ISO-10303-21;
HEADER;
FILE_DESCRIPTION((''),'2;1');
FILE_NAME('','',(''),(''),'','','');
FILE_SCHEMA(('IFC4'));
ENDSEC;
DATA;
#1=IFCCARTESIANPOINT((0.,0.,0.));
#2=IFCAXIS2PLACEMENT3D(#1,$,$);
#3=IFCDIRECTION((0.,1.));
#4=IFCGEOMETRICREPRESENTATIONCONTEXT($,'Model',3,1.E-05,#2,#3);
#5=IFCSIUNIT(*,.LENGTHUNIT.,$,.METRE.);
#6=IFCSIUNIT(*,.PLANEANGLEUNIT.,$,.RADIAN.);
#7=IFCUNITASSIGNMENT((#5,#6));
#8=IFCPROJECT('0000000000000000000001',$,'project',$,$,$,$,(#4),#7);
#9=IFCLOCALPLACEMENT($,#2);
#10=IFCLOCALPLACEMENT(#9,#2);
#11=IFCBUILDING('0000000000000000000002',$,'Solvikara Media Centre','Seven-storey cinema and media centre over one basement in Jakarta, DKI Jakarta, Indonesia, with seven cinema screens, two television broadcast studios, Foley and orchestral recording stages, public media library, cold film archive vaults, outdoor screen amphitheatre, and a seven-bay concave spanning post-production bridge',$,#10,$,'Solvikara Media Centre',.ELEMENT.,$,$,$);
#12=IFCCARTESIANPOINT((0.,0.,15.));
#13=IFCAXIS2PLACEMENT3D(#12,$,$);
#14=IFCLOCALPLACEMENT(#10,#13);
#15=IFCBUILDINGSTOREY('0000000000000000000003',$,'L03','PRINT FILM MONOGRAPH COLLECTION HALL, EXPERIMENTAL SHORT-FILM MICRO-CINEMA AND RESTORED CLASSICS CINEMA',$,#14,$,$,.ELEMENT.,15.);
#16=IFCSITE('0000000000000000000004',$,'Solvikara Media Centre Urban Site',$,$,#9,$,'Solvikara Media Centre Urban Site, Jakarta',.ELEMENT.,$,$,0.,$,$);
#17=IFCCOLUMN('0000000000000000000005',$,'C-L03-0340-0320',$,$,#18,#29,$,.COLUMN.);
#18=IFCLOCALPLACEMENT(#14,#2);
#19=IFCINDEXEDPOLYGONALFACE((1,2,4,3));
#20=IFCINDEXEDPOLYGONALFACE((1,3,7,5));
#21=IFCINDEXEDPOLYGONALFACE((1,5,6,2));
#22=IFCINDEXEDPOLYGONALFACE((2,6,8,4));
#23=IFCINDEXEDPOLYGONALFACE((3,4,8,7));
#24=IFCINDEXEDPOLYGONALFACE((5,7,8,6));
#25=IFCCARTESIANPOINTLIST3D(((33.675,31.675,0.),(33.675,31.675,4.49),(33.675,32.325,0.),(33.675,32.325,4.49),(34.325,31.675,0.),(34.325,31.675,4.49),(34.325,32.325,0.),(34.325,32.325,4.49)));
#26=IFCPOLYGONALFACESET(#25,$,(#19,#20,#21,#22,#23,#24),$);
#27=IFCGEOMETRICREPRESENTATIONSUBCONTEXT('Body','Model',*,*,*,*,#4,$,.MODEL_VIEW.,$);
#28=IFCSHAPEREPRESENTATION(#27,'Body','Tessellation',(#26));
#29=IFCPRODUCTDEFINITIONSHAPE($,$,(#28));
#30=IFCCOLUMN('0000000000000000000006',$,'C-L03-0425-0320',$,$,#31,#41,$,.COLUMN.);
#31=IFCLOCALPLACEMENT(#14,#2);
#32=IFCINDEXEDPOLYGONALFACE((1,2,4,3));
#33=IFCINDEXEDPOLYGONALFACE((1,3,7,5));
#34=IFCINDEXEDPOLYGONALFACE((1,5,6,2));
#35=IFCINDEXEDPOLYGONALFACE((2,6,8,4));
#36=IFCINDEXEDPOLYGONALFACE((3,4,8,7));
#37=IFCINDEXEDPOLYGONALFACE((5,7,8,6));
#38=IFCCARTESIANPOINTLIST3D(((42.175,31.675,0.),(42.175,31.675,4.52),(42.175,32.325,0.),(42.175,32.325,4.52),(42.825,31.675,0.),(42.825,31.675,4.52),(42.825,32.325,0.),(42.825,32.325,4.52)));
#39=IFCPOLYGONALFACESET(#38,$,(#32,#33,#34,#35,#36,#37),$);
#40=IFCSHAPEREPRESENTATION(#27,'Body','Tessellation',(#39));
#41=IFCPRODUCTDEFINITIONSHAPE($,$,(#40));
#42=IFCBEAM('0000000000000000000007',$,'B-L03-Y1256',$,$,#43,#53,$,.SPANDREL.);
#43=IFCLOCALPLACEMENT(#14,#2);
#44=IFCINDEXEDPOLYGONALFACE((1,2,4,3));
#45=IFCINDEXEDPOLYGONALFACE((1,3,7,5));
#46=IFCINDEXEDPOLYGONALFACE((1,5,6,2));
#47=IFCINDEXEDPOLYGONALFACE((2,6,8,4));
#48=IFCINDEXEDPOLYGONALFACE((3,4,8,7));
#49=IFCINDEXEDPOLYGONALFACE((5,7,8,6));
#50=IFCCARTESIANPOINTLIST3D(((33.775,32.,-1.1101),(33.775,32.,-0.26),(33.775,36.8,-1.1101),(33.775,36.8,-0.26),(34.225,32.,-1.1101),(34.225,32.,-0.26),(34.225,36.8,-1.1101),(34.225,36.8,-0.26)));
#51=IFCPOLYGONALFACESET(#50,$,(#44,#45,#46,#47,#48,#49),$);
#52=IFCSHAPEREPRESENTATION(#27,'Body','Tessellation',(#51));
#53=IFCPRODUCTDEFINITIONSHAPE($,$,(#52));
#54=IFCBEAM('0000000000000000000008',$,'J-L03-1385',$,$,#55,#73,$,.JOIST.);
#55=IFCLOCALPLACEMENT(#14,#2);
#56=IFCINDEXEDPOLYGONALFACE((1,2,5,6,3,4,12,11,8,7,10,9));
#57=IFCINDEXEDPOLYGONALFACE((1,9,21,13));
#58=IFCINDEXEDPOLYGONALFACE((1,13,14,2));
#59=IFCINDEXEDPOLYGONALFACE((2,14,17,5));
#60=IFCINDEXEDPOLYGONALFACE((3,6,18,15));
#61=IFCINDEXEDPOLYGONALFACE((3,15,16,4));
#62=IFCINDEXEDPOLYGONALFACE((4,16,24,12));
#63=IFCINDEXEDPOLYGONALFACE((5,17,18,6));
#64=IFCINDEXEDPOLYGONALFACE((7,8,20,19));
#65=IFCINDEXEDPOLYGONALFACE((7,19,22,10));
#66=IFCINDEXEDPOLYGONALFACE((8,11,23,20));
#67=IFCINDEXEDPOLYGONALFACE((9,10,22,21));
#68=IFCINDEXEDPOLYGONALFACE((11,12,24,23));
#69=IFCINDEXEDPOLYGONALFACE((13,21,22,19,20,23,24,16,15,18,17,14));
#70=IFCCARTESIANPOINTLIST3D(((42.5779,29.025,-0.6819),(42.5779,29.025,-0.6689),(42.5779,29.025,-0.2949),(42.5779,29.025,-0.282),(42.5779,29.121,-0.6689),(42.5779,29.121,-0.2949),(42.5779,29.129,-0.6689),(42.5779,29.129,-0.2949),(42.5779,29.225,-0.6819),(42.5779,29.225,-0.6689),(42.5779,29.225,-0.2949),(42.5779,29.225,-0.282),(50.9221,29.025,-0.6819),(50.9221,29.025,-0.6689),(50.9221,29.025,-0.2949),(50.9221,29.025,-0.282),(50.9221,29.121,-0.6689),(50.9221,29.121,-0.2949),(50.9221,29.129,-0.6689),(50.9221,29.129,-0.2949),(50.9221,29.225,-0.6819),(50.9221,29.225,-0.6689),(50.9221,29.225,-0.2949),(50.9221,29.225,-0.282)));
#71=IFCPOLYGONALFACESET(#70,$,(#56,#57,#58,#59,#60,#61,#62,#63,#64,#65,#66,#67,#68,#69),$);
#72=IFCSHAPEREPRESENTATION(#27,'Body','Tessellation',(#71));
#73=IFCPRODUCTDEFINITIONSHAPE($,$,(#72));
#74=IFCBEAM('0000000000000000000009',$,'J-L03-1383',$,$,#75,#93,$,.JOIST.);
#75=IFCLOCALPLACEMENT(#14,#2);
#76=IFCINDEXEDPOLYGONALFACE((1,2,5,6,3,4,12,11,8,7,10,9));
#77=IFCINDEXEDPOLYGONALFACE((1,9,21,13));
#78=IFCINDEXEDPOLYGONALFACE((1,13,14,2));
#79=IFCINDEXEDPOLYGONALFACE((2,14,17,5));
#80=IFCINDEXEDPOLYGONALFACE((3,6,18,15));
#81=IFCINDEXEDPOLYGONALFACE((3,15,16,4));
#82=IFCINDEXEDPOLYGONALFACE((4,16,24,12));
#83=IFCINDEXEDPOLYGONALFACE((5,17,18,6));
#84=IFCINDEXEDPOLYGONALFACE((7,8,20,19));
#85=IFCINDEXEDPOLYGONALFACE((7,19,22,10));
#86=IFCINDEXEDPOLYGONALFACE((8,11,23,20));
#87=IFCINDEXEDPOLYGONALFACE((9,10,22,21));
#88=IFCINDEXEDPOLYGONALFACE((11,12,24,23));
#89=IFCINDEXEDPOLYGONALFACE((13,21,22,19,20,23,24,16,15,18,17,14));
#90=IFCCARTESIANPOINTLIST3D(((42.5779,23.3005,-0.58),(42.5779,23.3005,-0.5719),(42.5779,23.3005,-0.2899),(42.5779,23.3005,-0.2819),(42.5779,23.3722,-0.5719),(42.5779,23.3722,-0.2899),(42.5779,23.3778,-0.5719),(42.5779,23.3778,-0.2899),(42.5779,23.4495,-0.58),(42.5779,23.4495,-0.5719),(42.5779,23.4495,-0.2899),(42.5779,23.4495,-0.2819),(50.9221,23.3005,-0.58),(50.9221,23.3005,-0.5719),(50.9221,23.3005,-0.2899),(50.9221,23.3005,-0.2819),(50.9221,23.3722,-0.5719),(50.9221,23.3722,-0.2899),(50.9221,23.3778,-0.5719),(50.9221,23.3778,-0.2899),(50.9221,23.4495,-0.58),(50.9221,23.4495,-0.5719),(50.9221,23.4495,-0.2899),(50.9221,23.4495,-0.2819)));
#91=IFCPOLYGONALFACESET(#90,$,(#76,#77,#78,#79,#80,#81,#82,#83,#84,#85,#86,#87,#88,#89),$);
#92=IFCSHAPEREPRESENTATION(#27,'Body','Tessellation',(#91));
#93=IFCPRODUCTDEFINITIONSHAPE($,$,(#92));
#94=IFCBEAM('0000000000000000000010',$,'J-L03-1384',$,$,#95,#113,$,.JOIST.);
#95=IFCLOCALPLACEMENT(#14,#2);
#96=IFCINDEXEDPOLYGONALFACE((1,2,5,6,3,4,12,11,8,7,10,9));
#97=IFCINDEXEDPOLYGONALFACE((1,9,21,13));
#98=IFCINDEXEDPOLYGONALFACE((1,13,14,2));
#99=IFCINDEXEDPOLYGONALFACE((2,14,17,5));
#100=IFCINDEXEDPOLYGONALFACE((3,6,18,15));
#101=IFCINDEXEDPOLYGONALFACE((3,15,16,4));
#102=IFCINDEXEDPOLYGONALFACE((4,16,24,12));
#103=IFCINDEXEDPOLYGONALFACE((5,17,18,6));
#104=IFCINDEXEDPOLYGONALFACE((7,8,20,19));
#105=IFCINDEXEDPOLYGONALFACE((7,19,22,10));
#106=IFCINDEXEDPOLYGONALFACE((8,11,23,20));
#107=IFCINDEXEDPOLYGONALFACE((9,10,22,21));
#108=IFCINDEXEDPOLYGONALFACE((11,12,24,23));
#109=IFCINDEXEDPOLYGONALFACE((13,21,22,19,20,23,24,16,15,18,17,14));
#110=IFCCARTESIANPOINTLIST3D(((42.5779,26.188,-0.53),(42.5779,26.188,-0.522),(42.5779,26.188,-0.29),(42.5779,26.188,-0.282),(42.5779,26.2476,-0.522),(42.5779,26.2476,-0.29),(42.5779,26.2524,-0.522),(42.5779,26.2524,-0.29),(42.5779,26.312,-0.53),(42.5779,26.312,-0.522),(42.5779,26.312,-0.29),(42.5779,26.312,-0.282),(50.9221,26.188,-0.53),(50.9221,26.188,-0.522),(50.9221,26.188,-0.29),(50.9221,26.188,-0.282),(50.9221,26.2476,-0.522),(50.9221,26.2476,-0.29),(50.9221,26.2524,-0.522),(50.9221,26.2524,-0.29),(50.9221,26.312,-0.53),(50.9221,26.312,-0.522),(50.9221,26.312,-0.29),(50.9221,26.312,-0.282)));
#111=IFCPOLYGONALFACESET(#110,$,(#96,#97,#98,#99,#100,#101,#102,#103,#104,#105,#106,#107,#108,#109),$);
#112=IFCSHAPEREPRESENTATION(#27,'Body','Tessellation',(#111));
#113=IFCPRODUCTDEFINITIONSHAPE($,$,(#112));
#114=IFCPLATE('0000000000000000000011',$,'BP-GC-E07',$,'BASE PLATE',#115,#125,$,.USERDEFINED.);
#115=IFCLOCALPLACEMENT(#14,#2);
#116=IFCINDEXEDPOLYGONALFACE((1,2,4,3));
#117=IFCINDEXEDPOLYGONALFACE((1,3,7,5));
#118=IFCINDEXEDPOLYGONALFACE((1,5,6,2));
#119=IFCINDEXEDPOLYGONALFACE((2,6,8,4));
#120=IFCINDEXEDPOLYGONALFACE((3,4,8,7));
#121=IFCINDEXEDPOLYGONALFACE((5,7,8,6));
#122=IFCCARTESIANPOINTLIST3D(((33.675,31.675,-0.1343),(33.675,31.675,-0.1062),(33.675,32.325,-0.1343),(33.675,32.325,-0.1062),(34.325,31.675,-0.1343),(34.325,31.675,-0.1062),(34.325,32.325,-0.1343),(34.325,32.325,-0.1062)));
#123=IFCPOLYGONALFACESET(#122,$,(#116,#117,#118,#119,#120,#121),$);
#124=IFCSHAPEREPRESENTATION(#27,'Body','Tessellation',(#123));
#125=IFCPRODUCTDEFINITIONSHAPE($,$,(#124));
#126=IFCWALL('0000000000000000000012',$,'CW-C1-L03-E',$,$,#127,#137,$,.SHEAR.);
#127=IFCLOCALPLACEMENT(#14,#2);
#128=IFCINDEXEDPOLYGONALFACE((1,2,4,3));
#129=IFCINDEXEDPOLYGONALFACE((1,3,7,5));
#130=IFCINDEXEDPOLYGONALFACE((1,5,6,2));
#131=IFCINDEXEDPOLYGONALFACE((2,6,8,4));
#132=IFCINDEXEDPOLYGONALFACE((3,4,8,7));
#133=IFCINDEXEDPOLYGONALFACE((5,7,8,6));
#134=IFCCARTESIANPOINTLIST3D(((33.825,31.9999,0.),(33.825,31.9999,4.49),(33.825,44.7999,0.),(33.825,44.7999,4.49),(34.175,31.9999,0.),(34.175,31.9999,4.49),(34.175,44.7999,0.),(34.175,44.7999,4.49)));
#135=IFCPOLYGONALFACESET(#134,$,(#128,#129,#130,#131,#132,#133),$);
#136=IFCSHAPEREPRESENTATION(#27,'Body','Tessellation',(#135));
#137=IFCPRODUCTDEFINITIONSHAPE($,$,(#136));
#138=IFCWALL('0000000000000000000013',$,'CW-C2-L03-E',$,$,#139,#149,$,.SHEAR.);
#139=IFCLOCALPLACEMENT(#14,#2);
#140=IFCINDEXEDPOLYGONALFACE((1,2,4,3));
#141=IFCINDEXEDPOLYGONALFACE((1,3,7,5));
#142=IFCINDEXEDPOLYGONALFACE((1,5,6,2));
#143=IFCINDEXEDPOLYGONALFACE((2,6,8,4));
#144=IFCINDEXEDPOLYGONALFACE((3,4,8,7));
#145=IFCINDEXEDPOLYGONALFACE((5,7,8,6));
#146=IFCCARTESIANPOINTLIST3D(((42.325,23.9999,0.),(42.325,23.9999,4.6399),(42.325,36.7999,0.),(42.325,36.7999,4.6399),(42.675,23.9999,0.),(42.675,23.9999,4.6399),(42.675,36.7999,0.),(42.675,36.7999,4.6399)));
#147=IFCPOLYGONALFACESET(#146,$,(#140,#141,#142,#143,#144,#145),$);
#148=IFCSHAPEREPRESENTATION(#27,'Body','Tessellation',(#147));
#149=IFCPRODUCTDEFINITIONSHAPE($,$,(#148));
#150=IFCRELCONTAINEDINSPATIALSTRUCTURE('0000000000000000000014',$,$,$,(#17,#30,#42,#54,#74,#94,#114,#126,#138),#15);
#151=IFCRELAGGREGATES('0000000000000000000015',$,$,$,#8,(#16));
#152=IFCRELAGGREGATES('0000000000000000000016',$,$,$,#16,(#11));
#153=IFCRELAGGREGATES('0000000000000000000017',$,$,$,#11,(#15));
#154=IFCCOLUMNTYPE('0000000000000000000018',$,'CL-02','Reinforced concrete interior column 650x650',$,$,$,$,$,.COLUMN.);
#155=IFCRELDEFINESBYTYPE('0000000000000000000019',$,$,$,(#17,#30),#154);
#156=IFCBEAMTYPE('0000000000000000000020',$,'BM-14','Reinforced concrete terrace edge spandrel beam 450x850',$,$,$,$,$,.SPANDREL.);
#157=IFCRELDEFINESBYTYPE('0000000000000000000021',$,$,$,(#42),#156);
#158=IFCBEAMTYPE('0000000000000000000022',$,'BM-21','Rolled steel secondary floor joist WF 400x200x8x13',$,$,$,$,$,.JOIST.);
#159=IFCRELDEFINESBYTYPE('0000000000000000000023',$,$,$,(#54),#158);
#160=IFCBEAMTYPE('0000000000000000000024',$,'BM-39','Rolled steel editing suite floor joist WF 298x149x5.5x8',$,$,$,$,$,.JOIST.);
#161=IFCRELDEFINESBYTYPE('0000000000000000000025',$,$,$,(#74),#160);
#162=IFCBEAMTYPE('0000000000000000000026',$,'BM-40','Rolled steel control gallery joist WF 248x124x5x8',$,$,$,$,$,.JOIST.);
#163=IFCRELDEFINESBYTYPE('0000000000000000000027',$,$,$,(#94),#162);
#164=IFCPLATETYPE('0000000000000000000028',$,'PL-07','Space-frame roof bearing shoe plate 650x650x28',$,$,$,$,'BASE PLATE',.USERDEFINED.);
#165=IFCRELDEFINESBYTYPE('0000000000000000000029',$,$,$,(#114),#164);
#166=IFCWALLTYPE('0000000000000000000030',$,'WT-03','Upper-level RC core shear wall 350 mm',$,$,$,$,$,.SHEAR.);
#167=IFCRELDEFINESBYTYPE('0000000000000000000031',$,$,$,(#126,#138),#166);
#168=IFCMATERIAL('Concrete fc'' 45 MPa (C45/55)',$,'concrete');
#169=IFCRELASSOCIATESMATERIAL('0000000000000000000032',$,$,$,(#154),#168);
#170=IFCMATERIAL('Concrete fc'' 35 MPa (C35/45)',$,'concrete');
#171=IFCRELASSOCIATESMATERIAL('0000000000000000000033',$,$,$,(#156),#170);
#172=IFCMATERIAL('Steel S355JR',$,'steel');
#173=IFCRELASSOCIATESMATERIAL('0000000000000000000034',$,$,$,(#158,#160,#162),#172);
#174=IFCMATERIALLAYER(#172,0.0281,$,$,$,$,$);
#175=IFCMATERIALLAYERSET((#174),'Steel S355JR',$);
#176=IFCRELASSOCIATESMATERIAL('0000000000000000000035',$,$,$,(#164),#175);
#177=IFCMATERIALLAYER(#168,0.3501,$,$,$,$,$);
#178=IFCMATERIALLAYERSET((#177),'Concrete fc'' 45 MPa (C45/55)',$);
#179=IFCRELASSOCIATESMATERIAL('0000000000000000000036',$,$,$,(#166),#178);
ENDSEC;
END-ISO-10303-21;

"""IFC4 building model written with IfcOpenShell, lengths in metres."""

from ifc_helpers import new_model, si_unit, direction, frame, frame_2d, origin, origin_2d, place, context, subcontext, project, spatial, rectangle, i_section, extrude, material, layer, layer_set, material_profile, profile_set, type_object, element, save


model = new_model("IFC4")

# Units and contexts
model_context = context("Model", 3, precision=1e-05, world=origin(), true_north=direction((0.0, 1.0)))
body_context = subcontext(model_context, "Body", "Model", "MODEL_VIEW")
ifc_project = project(units=[si_unit("LENGTHUNIT", "METRE"), si_unit("PLANEANGLEUNIT", "RADIAN")], contexts=[model_context])

# Site, building, storey
site_placement = place(None, origin())
site = spatial("IfcSite", under=ifc_project, at=site_placement, Name="Solvikara Media Centre Urban Site", LongName="Solvikara Media Centre Urban Site, Jakarta", CompositionType="ELEMENT", RefElevation=0.0)
building_placement = place(site_placement, origin())
building = spatial("IfcBuilding", under=site, at=building_placement, Name="Solvikara Media Centre", Description="Seven-storey cinema and media centre over one basement in Jakarta, DKI Jakarta, Indonesia, with seven cinema screens, two television broadcast studios, Foley and orchestral recording stages, public media library, cold film archive vaults, outdoor screen amphitheatre, and a seven-bay concave spanning post-production bridge", LongName="Solvikara Media Centre", CompositionType="ELEMENT")
storey_placement = place(building_placement, frame((0.0, 0.0, 15.0)))
storey = spatial("IfcBuildingStorey", under=building, at=storey_placement, Name="L03", Description="PRINT FILM MONOGRAPH COLLECTION HALL, EXPERIMENTAL SHORT-FILM MICRO-CINEMA AND RESTORED CLASSICS CINEMA", CompositionType="ELEMENT", Elevation=15.0)

# Columns
ifc_material_1 = material(Name="Concrete fc' 45 MPa (C45/55)", Category="concrete")
ifc_material_profile_1 = material_profile(ifc_material_1, rectangle(XDim=0.6499, YDim=0.6499, at=origin_2d()), Name="RC 650x650")
ifc_profile_set_1 = profile_set([ifc_material_profile_1], Name="Concrete fc' 45 MPa (C45/55)")
column_type = type_object("IfcColumnType", Name="CL-02", Description="Reinforced concrete interior column 650x650", PredefinedType="COLUMN", material=ifc_profile_set_1)
column_1_placement = place(storey_placement, frame((34.0, 32.0, 0.0), z_axis=(0.0, 0.0, 1.0), x_axis=(1.0, 0.0, 0.0)))
element("IfcColumn", 1, at=column_1_placement, inside=storey, type_object=column_type, Name="C-L03-0340-0320", PredefinedType="COLUMN", context=body_context, shape_type="SweptSolid", body=[
    extrude(rectangle(XDim=0.6499, YDim=0.6499, at=origin_2d()), origin(), (0.0, 0.0, 1.0), 4.49),
])
column_2_placement = place(storey_placement, frame((42.5, 32.0, 0.0), z_axis=(0.0, 0.0, 1.0), x_axis=(1.0, 0.0, 0.0)))
element("IfcColumn", 2, at=column_2_placement, inside=storey, type_object=column_type, Name="C-L03-0425-0320", PredefinedType="COLUMN", context=body_context, shape_type="SweptSolid", body=[
    extrude(rectangle(XDim=0.6499, YDim=0.6499, at=origin_2d()), origin(), (0.0, 0.0, 1.0), 4.52),
])

# Beams
ifc_material_2 = material(Name="Concrete fc' 35 MPa (C35/45)", Category="concrete")
ifc_material_profile_2 = material_profile(ifc_material_2, rectangle(XDim=0.45, YDim=0.8501, at=origin_2d()), Name="RC 450x850")
ifc_profile_set_2 = profile_set([ifc_material_profile_2], Name="Concrete fc' 35 MPa (C35/45)")
beam_type_1 = type_object("IfcBeamType", Name="BM-14", Description="Reinforced concrete terrace edge spandrel beam 450x850", PredefinedType="SPANDREL", material=ifc_profile_set_2)
beam_1_placement = place(storey_placement, frame((34.0, 32.0, -0.6851), z_axis=(0.0, 1.0, 0.0), x_axis=(-1.0, 0.0, 0.0)))
element("IfcBeam", 3, at=beam_1_placement, inside=storey, type_object=beam_type_1, Name="B-L03-Y1256", PredefinedType="SPANDREL", context=body_context, shape_type="SweptSolid", body=[
    extrude(rectangle(XDim=0.45, YDim=0.8501, at=origin_2d()), origin(), (0.0, 0.0, 1.0), 4.8),
])
ifc_material_3 = material(Name="Steel S355JR", Category="steel")
ifc_material_profile_3 = material_profile(ifc_material_3, i_section(OverallWidth=0.2, OverallDepth=0.3999, WebThickness=0.0081, FlangeThickness=0.0129, at=origin_2d()), Name="WF 400x200x8x13")
ifc_profile_set_3 = profile_set([ifc_material_profile_3], Name="Steel S355JR")
beam_type_2 = type_object("IfcBeamType", Name="BM-21", Description="Rolled steel secondary floor joist WF 400x200x8x13", PredefinedType="JOIST", material=ifc_profile_set_3)
beam_2_placement = place(storey_placement, frame((42.5779, 29.125, -0.4819), z_axis=(1.0, 0.0, 0.0), x_axis=(0.0, 1.0, 0.0)))
element("IfcBeam", 4, at=beam_2_placement, inside=storey, type_object=beam_type_2, Name="J-L03-1385", PredefinedType="JOIST", context=body_context, shape_type="SweptSolid", body=[
    extrude(i_section(OverallWidth=0.2, OverallDepth=0.3999, WebThickness=0.0081, FlangeThickness=0.0129, at=origin_2d()), origin(), (0.0, 0.0, 1.0), 8.3442),
])
ifc_material_profile_4 = material_profile(ifc_material_3, i_section(OverallWidth=0.1489, OverallDepth=0.2981, WebThickness=0.0056, FlangeThickness=0.0081, at=origin_2d()), Name="WF 298x149x5.5x8")
ifc_profile_set_4 = profile_set([ifc_material_profile_4], Name="Steel S355JR")
beam_type_3 = type_object("IfcBeamType", Name="BM-39", Description="Rolled steel editing suite floor joist WF 298x149x5.5x8", PredefinedType="JOIST", material=ifc_profile_set_4)
beam_3_placement = place(storey_placement, frame((42.5779, 23.375, -0.4309), z_axis=(1.0, 0.0, 0.0), x_axis=(0.0, 1.0, 0.0)))
element("IfcBeam", 5, at=beam_3_placement, inside=storey, type_object=beam_type_3, Name="J-L03-1383", PredefinedType="JOIST", context=body_context, shape_type="SweptSolid", body=[
    extrude(i_section(OverallWidth=0.1489, OverallDepth=0.2981, WebThickness=0.0056, FlangeThickness=0.0081, at=origin_2d()), origin(), (0.0, 0.0, 1.0), 8.3442),
])
ifc_material_profile_5 = material_profile(ifc_material_3, i_section(OverallWidth=0.124, OverallDepth=0.248, WebThickness=0.0049, FlangeThickness=0.0081, at=origin_2d()), Name="WF 248x124x5x8")
ifc_profile_set_5 = profile_set([ifc_material_profile_5], Name="Steel S355JR")
beam_type_4 = type_object("IfcBeamType", Name="BM-40", Description="Rolled steel control gallery joist WF 248x124x5x8", PredefinedType="JOIST", material=ifc_profile_set_5)
beam_4_placement = place(storey_placement, frame((42.5779, 26.25, -0.406), z_axis=(1.0, 0.0, 0.0), x_axis=(0.0, 1.0, 0.0)))
element("IfcBeam", 6, at=beam_4_placement, inside=storey, type_object=beam_type_4, Name="J-L03-1384", PredefinedType="JOIST", context=body_context, shape_type="SweptSolid", body=[
    extrude(i_section(OverallWidth=0.124, OverallDepth=0.248, WebThickness=0.0049, FlangeThickness=0.0081, at=origin_2d()), origin(), (0.0, 0.0, 1.0), 8.3442),
])

# Plate
ifc_layer_1 = layer(ifc_material_3, 0.0281)
ifc_layer_set_1 = layer_set([ifc_layer_1], Name="Steel S355JR")
plate_type = type_object("IfcPlateType", Name="PL-07", Description="Space-frame roof bearing shoe plate 650x650x28", ElementType="BASE PLATE", PredefinedType="USERDEFINED", material=ifc_layer_set_1)
plate_placement = place(storey_placement, frame((34.0, 32.0, -0.1343), z_axis=(0.0, 0.0, 1.0), x_axis=(1.0, 0.0, 0.0)))
element("IfcPlate", 7, at=plate_placement, inside=storey, type_object=plate_type, Name="BP-GC-E07", ObjectType="BASE PLATE", PredefinedType="USERDEFINED", context=body_context, shape_type="SweptSolid", body=[
    extrude(rectangle(XDim=0.6499, YDim=0.6499, at=origin_2d()), origin(), (0.0, 0.0, 1.0), 0.0281),
])

# Walls
ifc_layer_2 = layer(ifc_material_1, 0.3501)
ifc_layer_set_2 = layer_set([ifc_layer_2], Name="Concrete fc' 45 MPa (C45/55)")
wall_type_1 = type_object("IfcWallType", Name="WT-03", Description="Upper-level RC core shear wall 350 mm", PredefinedType="SHEAR", material=ifc_layer_set_2)
wall_1_placement = place(storey_placement, frame((34.0, 32.0, 0.0), z_axis=(0.0, 0.0, 1.0), x_axis=(0.0, 1.0, 0.0)))
element("IfcWall", 8, at=wall_1_placement, inside=storey, type_object=wall_type_1, Name="CW-C1-L03-E", PredefinedType="SHEAR", context=body_context, shape_type="SweptSolid", body=[
    extrude(rectangle(XDim=12.8, YDim=0.3501, at=frame_2d((6.3999, 0.0))), origin(), (0.0, 0.0, 1.0), 4.49),
])
wall_2_placement = place(storey_placement, frame((42.5, 24.0, 0.0), z_axis=(0.0, 0.0, 1.0), x_axis=(0.0, 1.0, 0.0)))
element("IfcWall", 9, at=wall_2_placement, inside=storey, type_object=wall_type_1, Name="CW-C2-L03-E", PredefinedType="SHEAR", context=body_context, shape_type="SweptSolid", body=[
    extrude(rectangle(XDim=12.8, YDim=0.3501, at=frame_2d((6.3999, 0.0))), origin(), (0.0, 0.0, 1.0), 4.6399),
])

save(model, "model.ifc")
